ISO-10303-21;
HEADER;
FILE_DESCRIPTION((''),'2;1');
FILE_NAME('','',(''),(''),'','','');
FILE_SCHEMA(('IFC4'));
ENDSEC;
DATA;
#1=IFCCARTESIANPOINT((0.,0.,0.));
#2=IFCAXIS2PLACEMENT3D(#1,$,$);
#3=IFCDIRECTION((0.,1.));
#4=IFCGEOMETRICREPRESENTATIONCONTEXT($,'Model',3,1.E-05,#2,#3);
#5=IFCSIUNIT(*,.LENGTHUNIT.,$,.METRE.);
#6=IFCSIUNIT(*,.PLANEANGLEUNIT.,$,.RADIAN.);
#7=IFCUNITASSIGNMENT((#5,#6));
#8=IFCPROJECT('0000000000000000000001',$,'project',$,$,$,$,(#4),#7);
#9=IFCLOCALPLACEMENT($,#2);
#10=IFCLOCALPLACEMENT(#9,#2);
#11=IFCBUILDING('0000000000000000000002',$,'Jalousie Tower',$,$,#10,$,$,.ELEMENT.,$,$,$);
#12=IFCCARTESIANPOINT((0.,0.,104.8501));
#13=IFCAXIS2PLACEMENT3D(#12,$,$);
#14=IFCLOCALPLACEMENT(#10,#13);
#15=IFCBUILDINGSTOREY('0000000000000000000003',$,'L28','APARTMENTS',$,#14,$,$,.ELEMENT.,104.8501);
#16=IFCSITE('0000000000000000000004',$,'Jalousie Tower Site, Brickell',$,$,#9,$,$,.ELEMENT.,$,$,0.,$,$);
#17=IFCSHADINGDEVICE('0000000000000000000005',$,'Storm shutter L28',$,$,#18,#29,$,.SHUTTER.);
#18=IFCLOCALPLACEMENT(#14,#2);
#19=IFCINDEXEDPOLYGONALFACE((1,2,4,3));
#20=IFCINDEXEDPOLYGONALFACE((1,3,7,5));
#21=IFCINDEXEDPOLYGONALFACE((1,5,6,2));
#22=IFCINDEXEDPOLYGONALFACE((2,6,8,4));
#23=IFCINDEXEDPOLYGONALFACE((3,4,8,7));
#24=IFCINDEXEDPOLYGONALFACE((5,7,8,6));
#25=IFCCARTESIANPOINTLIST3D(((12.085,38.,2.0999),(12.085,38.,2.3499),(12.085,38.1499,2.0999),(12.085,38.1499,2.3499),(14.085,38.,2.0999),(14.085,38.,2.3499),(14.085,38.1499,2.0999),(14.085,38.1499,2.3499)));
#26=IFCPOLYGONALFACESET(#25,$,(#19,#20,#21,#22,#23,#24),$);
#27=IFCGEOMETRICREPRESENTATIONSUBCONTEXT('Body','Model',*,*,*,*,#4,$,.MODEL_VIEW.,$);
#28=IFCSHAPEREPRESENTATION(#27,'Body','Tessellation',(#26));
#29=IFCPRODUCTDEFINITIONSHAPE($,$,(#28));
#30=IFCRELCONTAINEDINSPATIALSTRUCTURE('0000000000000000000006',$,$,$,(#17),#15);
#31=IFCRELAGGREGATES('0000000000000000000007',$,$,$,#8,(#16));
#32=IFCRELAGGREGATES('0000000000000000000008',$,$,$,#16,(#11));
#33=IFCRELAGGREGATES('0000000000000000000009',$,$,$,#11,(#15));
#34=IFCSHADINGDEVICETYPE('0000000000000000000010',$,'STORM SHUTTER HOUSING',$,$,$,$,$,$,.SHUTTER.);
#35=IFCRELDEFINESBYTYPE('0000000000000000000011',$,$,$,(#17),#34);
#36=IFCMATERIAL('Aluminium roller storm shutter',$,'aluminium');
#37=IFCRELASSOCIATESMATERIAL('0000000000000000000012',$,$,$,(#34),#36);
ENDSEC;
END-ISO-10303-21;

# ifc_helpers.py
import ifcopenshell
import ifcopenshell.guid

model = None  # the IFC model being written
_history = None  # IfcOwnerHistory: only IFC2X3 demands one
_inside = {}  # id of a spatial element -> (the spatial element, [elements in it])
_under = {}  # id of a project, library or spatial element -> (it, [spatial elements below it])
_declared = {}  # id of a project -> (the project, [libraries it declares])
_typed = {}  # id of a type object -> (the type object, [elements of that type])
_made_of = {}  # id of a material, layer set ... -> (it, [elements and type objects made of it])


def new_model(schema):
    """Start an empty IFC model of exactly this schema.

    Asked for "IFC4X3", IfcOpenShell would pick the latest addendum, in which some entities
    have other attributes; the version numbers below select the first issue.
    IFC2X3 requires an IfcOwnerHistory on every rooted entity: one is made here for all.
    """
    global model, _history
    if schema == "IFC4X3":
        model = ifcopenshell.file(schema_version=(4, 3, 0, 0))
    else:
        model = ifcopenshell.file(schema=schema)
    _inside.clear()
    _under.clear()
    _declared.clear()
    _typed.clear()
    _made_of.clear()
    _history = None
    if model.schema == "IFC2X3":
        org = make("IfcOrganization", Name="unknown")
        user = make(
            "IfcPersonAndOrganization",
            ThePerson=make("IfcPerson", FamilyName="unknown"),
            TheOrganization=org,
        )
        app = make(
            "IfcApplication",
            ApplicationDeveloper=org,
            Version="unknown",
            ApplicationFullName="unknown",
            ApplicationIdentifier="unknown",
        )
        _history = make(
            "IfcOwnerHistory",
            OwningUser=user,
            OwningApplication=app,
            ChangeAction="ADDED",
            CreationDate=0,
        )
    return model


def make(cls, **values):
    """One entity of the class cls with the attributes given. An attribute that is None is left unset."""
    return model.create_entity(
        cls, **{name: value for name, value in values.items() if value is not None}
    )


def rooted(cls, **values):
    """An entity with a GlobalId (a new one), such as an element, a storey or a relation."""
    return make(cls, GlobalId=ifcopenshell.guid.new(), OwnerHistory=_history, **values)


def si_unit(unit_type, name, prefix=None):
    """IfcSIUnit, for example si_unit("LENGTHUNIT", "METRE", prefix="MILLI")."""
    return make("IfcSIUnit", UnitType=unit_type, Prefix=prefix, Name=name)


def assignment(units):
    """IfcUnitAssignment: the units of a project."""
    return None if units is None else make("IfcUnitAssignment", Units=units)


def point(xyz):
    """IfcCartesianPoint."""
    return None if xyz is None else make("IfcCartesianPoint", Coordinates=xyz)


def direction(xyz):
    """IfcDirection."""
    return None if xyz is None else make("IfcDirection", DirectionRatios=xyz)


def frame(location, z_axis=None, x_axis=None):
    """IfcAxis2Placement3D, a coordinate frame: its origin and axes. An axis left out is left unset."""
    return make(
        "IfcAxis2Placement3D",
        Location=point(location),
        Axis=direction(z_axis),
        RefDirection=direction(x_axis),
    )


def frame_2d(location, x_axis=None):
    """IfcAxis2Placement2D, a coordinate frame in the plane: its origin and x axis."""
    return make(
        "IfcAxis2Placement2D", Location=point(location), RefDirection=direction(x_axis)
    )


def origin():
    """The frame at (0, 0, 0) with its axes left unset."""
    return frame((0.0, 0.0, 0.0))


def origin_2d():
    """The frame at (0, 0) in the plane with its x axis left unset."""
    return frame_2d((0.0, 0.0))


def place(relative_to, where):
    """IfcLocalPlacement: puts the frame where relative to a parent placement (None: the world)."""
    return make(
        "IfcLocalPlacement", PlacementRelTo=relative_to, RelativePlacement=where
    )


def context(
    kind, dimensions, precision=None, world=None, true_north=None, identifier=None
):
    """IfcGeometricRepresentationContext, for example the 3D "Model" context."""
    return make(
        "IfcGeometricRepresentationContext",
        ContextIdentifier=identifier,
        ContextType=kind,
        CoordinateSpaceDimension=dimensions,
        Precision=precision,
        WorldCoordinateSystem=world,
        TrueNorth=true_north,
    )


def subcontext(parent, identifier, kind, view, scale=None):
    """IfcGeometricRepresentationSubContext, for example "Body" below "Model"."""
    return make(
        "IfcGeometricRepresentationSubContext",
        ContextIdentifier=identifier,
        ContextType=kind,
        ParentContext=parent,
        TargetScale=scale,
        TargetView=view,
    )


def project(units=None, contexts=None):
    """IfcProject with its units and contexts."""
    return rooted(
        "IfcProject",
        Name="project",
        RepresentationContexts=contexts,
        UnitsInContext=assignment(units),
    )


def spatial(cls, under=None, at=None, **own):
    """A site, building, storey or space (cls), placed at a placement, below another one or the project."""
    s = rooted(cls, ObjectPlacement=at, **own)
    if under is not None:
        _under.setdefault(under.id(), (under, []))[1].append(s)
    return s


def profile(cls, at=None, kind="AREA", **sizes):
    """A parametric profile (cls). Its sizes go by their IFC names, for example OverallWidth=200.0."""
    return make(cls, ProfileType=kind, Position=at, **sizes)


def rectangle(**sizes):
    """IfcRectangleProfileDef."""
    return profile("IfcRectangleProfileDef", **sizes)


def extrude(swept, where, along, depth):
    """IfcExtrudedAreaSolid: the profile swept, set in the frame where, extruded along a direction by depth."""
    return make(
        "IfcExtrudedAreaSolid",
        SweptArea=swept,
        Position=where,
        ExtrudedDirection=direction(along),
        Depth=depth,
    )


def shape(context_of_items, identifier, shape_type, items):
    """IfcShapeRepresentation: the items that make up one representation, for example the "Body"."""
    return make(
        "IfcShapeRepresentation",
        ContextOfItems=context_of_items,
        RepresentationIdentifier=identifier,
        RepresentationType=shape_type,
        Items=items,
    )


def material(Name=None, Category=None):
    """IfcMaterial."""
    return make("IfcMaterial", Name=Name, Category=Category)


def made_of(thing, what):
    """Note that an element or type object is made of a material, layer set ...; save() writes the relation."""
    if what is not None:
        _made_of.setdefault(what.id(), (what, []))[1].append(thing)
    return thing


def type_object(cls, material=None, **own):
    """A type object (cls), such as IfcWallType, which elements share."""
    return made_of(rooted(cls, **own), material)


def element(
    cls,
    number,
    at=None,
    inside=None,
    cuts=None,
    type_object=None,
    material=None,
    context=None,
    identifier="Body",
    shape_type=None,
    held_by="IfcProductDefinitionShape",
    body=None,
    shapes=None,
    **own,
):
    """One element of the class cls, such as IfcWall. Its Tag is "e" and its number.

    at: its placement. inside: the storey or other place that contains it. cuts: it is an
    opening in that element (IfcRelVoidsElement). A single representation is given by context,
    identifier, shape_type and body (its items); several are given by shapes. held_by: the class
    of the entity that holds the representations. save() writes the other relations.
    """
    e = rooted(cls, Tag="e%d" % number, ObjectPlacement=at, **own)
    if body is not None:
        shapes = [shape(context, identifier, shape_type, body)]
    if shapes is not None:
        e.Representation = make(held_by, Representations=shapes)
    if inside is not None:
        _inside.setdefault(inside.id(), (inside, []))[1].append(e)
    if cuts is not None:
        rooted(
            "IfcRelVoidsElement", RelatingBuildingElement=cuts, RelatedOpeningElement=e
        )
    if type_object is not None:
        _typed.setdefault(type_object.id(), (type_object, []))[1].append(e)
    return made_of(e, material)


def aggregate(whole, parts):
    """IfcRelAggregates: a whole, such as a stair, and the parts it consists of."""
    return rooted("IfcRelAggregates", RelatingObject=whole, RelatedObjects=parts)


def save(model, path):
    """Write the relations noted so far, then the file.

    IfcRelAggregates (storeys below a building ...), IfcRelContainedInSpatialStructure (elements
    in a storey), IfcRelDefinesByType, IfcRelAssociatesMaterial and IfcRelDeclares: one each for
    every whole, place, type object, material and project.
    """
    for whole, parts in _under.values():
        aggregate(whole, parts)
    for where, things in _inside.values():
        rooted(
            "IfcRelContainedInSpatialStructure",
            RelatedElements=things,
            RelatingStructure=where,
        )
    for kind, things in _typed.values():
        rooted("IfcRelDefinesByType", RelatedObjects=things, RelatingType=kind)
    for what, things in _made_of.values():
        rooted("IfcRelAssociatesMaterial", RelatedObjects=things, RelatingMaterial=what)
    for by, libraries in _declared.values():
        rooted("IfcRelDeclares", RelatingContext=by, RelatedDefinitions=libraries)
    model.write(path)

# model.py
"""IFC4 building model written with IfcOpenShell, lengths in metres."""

from ifc_helpers import new_model, si_unit, direction, frame, origin, origin_2d, place, context, subcontext, project, spatial, rectangle, extrude, material, type_object, element, save


model = new_model("IFC4")

# Units and contexts
model_context = context("Model", 3, precision=1e-05, world=origin(), true_north=direction((0.0, 1.0)))
body_context = subcontext(model_context, "Body", "Model", "MODEL_VIEW")
ifc_project = project(units=[si_unit("LENGTHUNIT", "METRE"), si_unit("PLANEANGLEUNIT", "RADIAN")], contexts=[model_context])

# Site, building, storey
site_placement = place(None, origin())
site = spatial("IfcSite", under=ifc_project, at=site_placement, Name="Jalousie Tower Site, Brickell", CompositionType="ELEMENT", RefElevation=0.0)
building_placement = place(site_placement, origin())
building = spatial("IfcBuilding", under=site, at=building_placement, Name="Jalousie Tower", CompositionType="ELEMENT")
storey_placement = place(building_placement, frame((0.0, 0.0, 104.8501)))
storey = spatial("IfcBuildingStorey", under=building, at=storey_placement, Name="L28", Description="APARTMENTS", CompositionType="ELEMENT", Elevation=104.8501)

# Shading device
ifc_material_1 = material(Name="Aluminium roller storm shutter", Category="aluminium")
shading_device_type = type_object("IfcShadingDeviceType", Name="STORM SHUTTER HOUSING", PredefinedType="SHUTTER", material=ifc_material_1)
for number, where, z_axis, x_axis, name in (
    (1, (13.085, 38.075, 2.0999), (0.0, 0.0, 1.0), (-1.0, 0.0, 0.0), "Storm shutter L28"),
):
    element("IfcShadingDevice", number, at=place(storey_placement, frame(where, z_axis=z_axis, x_axis=x_axis)), inside=storey, type_object=shading_device_type, Name=name, PredefinedType="SHUTTER", context=body_context, shape_type="SweptSolid", body=[
        extrude(rectangle(XDim=2.0, YDim=0.1499, at=origin_2d()), origin(), (0.0, 0.0, 1.0), 0.25),
    ])

save(model, "model.ifc")
